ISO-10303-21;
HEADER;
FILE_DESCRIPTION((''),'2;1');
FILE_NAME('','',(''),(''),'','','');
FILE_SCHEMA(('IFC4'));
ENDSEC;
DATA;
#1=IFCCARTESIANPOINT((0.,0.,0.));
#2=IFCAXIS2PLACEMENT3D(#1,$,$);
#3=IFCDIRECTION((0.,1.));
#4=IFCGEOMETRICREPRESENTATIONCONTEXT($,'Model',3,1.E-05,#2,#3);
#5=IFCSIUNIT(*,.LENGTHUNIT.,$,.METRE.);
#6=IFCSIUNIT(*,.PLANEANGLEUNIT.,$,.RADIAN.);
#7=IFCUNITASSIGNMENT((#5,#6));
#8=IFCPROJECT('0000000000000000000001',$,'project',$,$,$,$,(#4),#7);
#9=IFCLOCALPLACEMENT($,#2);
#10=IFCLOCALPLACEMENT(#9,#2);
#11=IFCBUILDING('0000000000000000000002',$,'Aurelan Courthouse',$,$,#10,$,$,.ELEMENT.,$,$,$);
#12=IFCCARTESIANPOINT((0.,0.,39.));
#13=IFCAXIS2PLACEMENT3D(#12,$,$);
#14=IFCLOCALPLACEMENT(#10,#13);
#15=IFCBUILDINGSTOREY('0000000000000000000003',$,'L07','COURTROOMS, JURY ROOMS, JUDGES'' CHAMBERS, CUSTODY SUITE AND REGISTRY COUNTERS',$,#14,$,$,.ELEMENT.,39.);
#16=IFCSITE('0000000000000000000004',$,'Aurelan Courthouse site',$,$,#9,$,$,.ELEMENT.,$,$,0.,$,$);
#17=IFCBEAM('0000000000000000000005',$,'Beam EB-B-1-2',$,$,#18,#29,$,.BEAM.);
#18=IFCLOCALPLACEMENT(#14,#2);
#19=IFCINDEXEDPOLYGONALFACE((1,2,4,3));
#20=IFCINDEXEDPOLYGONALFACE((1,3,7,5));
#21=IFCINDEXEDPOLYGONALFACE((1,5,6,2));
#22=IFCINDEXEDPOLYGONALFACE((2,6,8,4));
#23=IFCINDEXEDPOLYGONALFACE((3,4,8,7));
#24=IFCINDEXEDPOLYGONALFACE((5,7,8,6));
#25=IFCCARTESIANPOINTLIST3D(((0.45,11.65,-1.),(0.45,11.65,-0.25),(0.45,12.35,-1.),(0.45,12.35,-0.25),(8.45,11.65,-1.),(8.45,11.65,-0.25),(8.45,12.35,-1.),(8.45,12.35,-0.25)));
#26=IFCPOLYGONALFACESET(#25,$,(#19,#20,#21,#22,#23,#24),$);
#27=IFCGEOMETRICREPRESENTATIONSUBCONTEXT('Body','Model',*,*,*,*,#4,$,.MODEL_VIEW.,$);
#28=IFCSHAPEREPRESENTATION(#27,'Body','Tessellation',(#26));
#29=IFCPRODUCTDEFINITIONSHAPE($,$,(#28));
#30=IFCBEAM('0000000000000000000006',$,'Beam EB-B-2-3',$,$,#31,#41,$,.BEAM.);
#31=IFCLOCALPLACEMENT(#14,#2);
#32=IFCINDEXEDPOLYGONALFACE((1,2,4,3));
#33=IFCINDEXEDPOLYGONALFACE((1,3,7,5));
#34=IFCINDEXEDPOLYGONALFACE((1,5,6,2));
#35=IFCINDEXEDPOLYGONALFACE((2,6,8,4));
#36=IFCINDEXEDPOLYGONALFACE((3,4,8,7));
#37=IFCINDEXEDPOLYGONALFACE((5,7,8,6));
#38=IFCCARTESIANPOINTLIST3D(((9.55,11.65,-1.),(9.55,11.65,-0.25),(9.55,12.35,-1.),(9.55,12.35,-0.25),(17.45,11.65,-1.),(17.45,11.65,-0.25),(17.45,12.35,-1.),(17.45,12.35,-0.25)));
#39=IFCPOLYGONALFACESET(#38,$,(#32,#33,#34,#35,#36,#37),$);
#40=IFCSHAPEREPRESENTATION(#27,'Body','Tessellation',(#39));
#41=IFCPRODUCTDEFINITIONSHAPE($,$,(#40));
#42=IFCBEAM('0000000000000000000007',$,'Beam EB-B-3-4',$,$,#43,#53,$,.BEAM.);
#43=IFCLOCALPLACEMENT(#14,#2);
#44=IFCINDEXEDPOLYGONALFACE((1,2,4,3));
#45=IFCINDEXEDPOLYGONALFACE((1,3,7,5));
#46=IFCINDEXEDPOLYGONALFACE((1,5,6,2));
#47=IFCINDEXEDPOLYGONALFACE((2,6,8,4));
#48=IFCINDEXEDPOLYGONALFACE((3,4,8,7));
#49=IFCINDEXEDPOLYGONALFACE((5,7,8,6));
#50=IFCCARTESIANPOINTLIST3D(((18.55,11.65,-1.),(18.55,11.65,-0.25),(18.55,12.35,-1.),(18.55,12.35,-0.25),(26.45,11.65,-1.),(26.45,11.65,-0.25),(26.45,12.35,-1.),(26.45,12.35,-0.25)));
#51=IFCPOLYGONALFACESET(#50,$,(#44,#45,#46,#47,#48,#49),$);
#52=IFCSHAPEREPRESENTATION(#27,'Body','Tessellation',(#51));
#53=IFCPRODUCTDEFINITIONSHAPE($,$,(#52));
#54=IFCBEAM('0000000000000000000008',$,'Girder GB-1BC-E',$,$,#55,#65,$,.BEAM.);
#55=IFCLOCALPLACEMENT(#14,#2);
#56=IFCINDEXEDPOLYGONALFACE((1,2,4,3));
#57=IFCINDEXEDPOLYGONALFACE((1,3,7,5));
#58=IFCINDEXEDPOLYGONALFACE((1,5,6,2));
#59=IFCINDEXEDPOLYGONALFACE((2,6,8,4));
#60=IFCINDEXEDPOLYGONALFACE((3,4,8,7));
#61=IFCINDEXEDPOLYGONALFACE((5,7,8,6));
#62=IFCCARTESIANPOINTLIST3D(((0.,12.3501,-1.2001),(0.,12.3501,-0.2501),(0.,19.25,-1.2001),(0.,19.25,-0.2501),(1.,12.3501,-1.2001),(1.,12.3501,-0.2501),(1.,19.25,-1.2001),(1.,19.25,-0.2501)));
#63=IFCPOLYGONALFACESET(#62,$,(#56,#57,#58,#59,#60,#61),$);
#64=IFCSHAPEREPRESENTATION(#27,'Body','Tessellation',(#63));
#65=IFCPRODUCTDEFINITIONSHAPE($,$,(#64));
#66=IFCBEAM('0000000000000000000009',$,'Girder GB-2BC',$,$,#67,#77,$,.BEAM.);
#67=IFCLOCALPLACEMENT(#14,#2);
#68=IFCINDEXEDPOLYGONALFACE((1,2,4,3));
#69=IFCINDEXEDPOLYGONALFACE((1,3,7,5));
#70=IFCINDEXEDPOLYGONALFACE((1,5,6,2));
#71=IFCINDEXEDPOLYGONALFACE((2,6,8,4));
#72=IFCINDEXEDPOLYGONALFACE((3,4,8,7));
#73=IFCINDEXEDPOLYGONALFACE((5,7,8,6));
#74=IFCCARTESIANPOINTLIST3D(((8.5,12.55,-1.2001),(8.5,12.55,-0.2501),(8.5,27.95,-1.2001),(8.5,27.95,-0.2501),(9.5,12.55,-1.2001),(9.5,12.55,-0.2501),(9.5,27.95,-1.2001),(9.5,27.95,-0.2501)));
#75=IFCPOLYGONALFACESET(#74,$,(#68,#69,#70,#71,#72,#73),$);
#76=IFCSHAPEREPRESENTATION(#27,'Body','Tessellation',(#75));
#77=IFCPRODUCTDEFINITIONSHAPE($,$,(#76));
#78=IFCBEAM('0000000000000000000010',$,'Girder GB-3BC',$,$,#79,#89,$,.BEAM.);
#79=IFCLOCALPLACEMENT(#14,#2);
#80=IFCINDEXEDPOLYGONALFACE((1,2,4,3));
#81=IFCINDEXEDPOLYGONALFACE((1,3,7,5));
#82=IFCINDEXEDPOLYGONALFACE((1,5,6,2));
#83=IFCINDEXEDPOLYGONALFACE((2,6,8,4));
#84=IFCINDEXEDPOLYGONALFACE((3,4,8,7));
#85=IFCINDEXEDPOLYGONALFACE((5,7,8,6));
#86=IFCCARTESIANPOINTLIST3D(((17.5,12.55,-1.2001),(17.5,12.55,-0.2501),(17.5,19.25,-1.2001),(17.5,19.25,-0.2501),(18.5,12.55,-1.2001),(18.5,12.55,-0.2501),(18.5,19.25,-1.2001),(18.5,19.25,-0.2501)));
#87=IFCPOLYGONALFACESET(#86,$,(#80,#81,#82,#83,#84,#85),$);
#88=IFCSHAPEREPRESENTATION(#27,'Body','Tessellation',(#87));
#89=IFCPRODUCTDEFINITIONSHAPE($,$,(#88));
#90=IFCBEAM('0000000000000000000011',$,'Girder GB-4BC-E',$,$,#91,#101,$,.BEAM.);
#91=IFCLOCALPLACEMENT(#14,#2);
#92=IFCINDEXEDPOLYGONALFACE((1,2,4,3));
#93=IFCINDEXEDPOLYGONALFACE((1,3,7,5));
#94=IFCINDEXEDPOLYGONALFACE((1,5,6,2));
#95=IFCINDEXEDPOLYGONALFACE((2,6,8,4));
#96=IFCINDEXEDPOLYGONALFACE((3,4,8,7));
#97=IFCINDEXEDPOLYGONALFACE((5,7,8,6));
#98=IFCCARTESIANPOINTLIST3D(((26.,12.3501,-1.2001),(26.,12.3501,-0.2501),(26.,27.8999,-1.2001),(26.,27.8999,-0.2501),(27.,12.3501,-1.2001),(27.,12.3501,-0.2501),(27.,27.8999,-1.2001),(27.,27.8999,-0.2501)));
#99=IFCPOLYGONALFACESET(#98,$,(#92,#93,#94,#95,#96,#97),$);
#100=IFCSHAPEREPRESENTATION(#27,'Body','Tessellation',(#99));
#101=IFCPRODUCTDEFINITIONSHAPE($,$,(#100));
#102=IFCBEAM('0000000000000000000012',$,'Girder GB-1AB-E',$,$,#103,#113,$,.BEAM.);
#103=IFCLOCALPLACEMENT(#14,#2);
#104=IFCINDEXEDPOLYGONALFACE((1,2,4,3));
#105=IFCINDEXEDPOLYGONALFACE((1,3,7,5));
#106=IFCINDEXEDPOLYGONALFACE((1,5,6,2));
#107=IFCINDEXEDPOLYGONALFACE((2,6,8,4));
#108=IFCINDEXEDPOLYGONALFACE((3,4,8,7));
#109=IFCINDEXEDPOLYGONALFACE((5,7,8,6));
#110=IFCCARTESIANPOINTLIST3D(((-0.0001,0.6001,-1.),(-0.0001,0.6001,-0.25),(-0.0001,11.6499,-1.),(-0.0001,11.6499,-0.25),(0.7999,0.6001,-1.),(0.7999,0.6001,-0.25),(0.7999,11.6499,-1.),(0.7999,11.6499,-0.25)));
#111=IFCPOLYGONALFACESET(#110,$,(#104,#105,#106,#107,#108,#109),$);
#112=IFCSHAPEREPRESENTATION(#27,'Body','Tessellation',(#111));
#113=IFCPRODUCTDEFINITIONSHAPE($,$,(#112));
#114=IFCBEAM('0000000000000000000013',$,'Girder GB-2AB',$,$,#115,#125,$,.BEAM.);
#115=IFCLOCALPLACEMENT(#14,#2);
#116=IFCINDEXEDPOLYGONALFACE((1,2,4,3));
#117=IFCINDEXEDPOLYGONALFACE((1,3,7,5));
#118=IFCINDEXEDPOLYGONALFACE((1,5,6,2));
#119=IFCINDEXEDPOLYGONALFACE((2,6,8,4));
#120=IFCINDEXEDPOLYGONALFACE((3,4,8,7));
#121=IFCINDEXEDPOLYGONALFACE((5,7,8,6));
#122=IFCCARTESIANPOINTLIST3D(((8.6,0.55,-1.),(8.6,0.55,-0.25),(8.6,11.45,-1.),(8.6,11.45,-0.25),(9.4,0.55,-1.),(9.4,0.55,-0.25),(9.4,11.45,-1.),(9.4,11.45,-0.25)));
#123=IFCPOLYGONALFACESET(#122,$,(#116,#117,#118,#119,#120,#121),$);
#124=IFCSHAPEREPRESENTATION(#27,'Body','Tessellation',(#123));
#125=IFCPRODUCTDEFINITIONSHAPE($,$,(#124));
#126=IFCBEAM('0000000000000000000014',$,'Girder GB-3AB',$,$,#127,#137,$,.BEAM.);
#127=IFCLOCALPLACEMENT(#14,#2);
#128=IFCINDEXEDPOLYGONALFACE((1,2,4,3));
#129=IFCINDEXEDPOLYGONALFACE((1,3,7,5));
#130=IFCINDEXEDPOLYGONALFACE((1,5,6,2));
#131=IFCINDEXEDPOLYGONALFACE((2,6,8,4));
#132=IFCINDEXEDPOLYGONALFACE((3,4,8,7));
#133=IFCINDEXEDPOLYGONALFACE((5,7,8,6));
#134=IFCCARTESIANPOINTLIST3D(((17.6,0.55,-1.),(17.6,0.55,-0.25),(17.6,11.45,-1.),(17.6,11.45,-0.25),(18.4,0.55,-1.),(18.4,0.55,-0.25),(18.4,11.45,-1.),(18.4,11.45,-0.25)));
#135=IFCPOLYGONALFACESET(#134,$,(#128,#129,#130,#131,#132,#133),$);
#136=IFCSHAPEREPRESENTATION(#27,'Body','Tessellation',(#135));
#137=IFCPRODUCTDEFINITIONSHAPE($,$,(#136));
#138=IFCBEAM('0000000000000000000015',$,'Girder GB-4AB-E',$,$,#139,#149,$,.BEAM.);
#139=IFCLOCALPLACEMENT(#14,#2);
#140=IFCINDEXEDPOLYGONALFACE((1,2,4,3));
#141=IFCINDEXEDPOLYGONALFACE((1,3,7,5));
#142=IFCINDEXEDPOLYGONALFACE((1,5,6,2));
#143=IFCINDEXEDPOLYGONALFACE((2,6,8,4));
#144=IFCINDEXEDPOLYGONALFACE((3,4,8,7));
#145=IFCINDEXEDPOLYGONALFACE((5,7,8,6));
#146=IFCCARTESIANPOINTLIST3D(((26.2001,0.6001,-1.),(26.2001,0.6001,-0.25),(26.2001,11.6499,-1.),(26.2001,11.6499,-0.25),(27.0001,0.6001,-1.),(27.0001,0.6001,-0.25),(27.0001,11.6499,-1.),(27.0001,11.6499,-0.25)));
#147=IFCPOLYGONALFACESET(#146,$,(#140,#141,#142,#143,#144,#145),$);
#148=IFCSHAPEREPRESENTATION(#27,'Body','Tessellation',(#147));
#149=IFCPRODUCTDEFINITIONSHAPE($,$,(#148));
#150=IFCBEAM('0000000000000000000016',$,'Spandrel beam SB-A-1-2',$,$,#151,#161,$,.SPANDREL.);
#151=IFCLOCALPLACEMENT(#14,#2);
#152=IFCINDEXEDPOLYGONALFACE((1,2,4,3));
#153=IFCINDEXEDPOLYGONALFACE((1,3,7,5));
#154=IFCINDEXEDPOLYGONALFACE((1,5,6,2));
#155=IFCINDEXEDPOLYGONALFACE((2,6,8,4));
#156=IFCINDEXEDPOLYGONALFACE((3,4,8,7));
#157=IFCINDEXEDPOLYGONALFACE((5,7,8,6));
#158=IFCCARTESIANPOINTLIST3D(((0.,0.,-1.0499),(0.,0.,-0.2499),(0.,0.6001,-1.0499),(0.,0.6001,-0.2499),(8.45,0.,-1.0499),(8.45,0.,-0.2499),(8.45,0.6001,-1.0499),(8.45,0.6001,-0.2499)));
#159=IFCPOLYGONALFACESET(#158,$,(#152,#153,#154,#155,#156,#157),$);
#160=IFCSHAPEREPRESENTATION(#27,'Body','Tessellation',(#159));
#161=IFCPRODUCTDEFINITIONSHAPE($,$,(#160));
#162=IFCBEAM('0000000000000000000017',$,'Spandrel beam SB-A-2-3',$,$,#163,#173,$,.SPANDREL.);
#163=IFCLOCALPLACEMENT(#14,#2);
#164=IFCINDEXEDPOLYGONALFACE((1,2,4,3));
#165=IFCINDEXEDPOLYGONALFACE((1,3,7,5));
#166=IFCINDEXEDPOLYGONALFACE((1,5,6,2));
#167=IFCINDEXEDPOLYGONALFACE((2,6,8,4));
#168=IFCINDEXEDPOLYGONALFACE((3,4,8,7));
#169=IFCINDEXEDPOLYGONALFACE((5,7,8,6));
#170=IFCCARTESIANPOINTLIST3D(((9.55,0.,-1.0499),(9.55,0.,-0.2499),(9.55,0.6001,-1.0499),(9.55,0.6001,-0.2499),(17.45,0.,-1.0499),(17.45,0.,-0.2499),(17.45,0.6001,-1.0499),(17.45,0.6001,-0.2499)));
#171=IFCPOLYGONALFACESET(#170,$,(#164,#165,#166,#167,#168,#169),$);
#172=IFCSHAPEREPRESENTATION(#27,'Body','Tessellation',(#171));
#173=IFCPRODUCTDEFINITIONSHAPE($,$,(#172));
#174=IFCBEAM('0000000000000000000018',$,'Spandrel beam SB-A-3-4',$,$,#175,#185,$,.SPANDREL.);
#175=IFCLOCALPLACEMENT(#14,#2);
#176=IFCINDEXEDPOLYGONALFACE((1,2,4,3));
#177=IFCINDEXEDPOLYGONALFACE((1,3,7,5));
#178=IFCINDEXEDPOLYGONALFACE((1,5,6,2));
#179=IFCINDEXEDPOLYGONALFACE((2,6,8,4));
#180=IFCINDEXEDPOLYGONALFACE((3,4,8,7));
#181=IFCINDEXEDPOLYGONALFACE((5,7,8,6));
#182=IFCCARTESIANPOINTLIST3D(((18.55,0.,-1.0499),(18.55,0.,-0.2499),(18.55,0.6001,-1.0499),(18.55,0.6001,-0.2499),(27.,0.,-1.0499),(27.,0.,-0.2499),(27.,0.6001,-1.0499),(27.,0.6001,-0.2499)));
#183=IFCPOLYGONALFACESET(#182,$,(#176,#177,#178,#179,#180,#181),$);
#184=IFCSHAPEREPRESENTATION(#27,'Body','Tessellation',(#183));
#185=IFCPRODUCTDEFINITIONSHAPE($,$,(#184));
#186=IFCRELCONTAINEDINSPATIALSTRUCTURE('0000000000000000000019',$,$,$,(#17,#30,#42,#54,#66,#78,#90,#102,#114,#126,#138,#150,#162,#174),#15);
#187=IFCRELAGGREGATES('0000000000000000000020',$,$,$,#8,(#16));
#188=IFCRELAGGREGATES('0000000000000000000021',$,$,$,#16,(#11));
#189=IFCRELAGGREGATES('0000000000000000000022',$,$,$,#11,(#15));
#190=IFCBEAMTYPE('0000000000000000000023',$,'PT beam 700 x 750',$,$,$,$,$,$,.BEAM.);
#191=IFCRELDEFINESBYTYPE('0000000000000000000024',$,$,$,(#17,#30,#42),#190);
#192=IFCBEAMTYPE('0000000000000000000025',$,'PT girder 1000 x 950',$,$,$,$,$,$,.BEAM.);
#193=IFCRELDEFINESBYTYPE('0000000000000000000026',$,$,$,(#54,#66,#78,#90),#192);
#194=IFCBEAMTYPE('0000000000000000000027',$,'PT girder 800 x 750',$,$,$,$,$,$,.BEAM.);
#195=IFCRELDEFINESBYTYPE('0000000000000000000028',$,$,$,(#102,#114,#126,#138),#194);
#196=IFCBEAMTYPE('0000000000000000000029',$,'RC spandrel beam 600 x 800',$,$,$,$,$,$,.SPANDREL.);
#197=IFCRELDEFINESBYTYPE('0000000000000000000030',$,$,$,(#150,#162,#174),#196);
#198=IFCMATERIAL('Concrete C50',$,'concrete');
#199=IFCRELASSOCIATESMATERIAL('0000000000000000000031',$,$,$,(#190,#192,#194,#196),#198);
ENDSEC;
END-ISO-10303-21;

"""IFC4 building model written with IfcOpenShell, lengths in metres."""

from ifc_helpers import new_model, si_unit, direction, frame, origin, origin_2d, place, context, subcontext, project, spatial, rectangle, extrude, material, material_profile, profile_set, type_object, element, save


model = new_model("IFC4")

# Units and contexts
model_context = context("Model", 3, precision=1e-05, world=origin(), true_north=direction((0.0, 1.0)))
body_context = subcontext(model_context, "Body", "Model", "MODEL_VIEW")
ifc_project = project(units=[si_unit("LENGTHUNIT", "METRE"), si_unit("PLANEANGLEUNIT", "RADIAN")], contexts=[model_context])

# Site, building, storey
site_placement = place(None, origin())
site = spatial("IfcSite", under=ifc_project, at=site_placement, Name="Aurelan Courthouse site", CompositionType="ELEMENT", RefElevation=0.0)
building_placement = place(site_placement, origin())
building = spatial("IfcBuilding", under=site, at=building_placement, Name="Aurelan Courthouse", CompositionType="ELEMENT")
storey_placement = place(building_placement, frame((0.0, 0.0, 39.0)))
storey = spatial("IfcBuildingStorey", under=building, at=storey_placement, Name="L07", Description="COURTROOMS, JURY ROOMS, JUDGES' CHAMBERS, CUSTODY SUITE AND REGISTRY COUNTERS", CompositionType="ELEMENT", Elevation=39.0)

# Beams
ifc_material_1 = material(Name="Concrete C50", Category="concrete")
ifc_material_profile_1 = material_profile(ifc_material_1, rectangle(XDim=0.7, YDim=0.75, at=origin_2d()), Name="RC 700 x 750")
ifc_profile_set_1 = profile_set([ifc_material_profile_1], Name="Concrete C50")
beam_type_1 = type_object("IfcBeamType", Name="PT beam 700 x 750", PredefinedType="BEAM", material=ifc_profile_set_1)
beam_1_placement = place(storey_placement, frame((0.45, 12.0, -0.625), z_axis=(1.0, 0.0, 0.0), x_axis=(0.0, 1.0, 0.0)))
element("IfcBeam", 1, at=beam_1_placement, inside=storey, type_object=beam_type_1, Name="Beam EB-B-1-2", PredefinedType="BEAM", context=body_context, shape_type="SweptSolid", body=[
    extrude(rectangle(XDim=0.7, YDim=0.75, at=origin_2d()), origin(), (0.0, 0.0, 1.0), 8.0),
])
for number, where, z_axis, x_axis, name in (
    (2, (9.55, 12.0, -0.625), (1.0, 0.0, 0.0), (0.0, 1.0, 0.0), "Beam EB-B-2-3"),
    (3, (18.55, 12.0, -0.625), (1.0, 0.0, 0.0), (0.0, 1.0, 0.0), "Beam EB-B-3-4"),
):
    element("IfcBeam", number, at=place(storey_placement, frame(where, z_axis=z_axis, x_axis=x_axis)), inside=storey, type_object=beam_type_1, Name=name, PredefinedType="BEAM", context=body_context, shape_type="SweptSolid", body=[
        extrude(rectangle(XDim=0.7, YDim=0.75, at=origin_2d()), origin(), (0.0, 0.0, 1.0), 7.8999),
    ])
ifc_material_profile_2 = material_profile(ifc_material_1, rectangle(XDim=1.0, YDim=0.95, at=origin_2d()), Name="RC 1000 x 950")
ifc_profile_set_2 = profile_set([ifc_material_profile_2], Name="Concrete C50")
beam_type_2 = type_object("IfcBeamType", Name="PT girder 1000 x 950", PredefinedType="BEAM", material=ifc_profile_set_2)
beam_2_placement = place(storey_placement, frame((0.5, 12.3501, -0.7251), z_axis=(0.0, 1.0, 0.0), x_axis=(-1.0, 0.0, 0.0)))
element("IfcBeam", 4, at=beam_2_placement, inside=storey, type_object=beam_type_2, Name="Girder GB-1BC-E", PredefinedType="BEAM", context=body_context, shape_type="SweptSolid", body=[
    extrude(rectangle(XDim=1.0, YDim=0.95, at=origin_2d()), origin(), (0.0, 0.0, 1.0), 6.8999),
])
beam_3_placement = place(storey_placement, frame((9.0, 12.55, -0.7251), z_axis=(0.0, 1.0, 0.0), x_axis=(-1.0, 0.0, 0.0)))
element("IfcBeam", 5, at=beam_3_placement, inside=storey, type_object=beam_type_2, Name="Girder GB-2BC", PredefinedType="BEAM", context=body_context, shape_type="SweptSolid", body=[
    extrude(rectangle(XDim=1.0, YDim=0.95, at=origin_2d()), origin(), (0.0, 0.0, 1.0), 15.3999),
])
beam_4_placement = place(storey_placement, frame((18.0, 12.55, -0.7251), z_axis=(0.0, 1.0, 0.0), x_axis=(-1.0, 0.0, 0.0)))
element("IfcBeam", 6, at=beam_4_placement, inside=storey, type_object=beam_type_2, Name="Girder GB-3BC", PredefinedType="BEAM", context=body_context, shape_type="SweptSolid", body=[
    extrude(rectangle(XDim=1.0, YDim=0.95, at=origin_2d()), origin(), (0.0, 0.0, 1.0), 6.7),
])
beam_5_placement = place(storey_placement, frame((26.5, 12.3501, -0.7251), z_axis=(0.0, 1.0, 0.0), x_axis=(-1.0, 0.0, 0.0)))
element("IfcBeam", 7, at=beam_5_placement, inside=storey, type_object=beam_type_2, Name="Girder GB-4BC-E", PredefinedType="BEAM", context=body_context, shape_type="SweptSolid", body=[
    extrude(rectangle(XDim=1.0, YDim=0.95, at=origin_2d()), origin(), (0.0, 0.0, 1.0), 15.5498),
])
ifc_material_profile_3 = material_profile(ifc_material_1, rectangle(XDim=0.8, YDim=0.75, at=origin_2d()), Name="RC 800 x 750")
ifc_profile_set_3 = profile_set([ifc_material_profile_3], Name="Concrete C50")
beam_type_3 = type_object("IfcBeamType", Name="PT girder 800 x 750", PredefinedType="BEAM", material=ifc_profile_set_3)
beam_6_placement = place(storey_placement, frame((0.3999, 0.6001, -0.625), z_axis=(0.0, 1.0, 0.0), x_axis=(-1.0, 0.0, 0.0)))
element("IfcBeam", 8, at=beam_6_placement, inside=storey, type_object=beam_type_3, Name="Girder GB-1AB-E", PredefinedType="BEAM", context=body_context, shape_type="SweptSolid", body=[
    extrude(rectangle(XDim=0.8, YDim=0.75, at=origin_2d()), origin(), (0.0, 0.0, 1.0), 11.0498),
])
for number, where, z_axis, x_axis, name in (
    (9, (9.0, 0.55, -0.625), (0.0, 1.0, 0.0), (-1.0, 0.0, 0.0), "Girder GB-2AB"),
    (10, (18.0, 0.55, -0.625), (0.0, 1.0, 0.0), (-1.0, 0.0, 0.0), "Girder GB-3AB"),
):
    element("IfcBeam", number, at=place(storey_placement, frame(where, z_axis=z_axis, x_axis=x_axis)), inside=storey, type_object=beam_type_3, Name=name, PredefinedType="BEAM", context=body_context, shape_type="SweptSolid", body=[
        extrude(rectangle(XDim=0.8, YDim=0.75, at=origin_2d()), origin(), (0.0, 0.0, 1.0), 10.8999),
    ])
beam_7_placement = place(storey_placement, frame((26.6001, 0.6001, -0.625), z_axis=(0.0, 1.0, 0.0), x_axis=(-1.0, 0.0, 0.0)))
element("IfcBeam", 11, at=beam_7_placement, inside=storey, type_object=beam_type_3, Name="Girder GB-4AB-E", PredefinedType="BEAM", context=body_context, shape_type="SweptSolid", body=[
    extrude(rectangle(XDim=0.8, YDim=0.75, at=origin_2d()), origin(), (0.0, 0.0, 1.0), 11.0498),
])
ifc_material_profile_4 = material_profile(ifc_material_1, rectangle(XDim=0.6001, YDim=0.8, at=origin_2d()), Name="RC 600 x 800")
ifc_profile_set_4 = profile_set([ifc_material_profile_4], Name="Concrete C50")
beam_type_4 = type_object("IfcBeamType", Name="RC spandrel beam 600 x 800", PredefinedType="SPANDREL", material=ifc_profile_set_4)
beam_8_placement = place(storey_placement, frame((0.0, 0.3, -0.6499), z_axis=(1.0, 0.0, 0.0), x_axis=(0.0, 1.0, 0.0)))
element("IfcBeam", 12, at=beam_8_placement, inside=storey, type_object=beam_type_4, Name="Spandrel beam SB-A-1-2", PredefinedType="SPANDREL", context=body_context, shape_type="SweptSolid", body=[
    extrude(rectangle(XDim=0.6001, YDim=0.8, at=origin_2d()), origin(), (0.0, 0.0, 1.0), 8.45),
])
beam_9_placement = place(storey_placement, frame((9.55, 0.3, -0.6499), z_axis=(1.0, 0.0, 0.0), x_axis=(0.0, 1.0, 0.0)))
element("IfcBeam", 13, at=beam_9_placement, inside=storey, type_object=beam_type_4, Name="Spandrel beam SB-A-2-3", PredefinedType="SPANDREL", context=body_context, shape_type="SweptSolid", body=[
    extrude(rectangle(XDim=0.6001, YDim=0.8, at=origin_2d()), origin(), (0.0, 0.0, 1.0), 7.8999),
])
beam_10_placement = place(storey_placement, frame((18.55, 0.3, -0.6499), z_axis=(1.0, 0.0, 0.0), x_axis=(0.0, 1.0, 0.0)))
element("IfcBeam", 14, at=beam_10_placement, inside=storey, type_object=beam_type_4, Name="Spandrel beam SB-A-3-4", PredefinedType="SPANDREL", context=body_context, shape_type="SweptSolid", body=[
    extrude(rectangle(XDim=0.6001, YDim=0.8, at=origin_2d()), origin(), (0.0, 0.0, 1.0), 8.45),
])

save(model, "model.ifc")
